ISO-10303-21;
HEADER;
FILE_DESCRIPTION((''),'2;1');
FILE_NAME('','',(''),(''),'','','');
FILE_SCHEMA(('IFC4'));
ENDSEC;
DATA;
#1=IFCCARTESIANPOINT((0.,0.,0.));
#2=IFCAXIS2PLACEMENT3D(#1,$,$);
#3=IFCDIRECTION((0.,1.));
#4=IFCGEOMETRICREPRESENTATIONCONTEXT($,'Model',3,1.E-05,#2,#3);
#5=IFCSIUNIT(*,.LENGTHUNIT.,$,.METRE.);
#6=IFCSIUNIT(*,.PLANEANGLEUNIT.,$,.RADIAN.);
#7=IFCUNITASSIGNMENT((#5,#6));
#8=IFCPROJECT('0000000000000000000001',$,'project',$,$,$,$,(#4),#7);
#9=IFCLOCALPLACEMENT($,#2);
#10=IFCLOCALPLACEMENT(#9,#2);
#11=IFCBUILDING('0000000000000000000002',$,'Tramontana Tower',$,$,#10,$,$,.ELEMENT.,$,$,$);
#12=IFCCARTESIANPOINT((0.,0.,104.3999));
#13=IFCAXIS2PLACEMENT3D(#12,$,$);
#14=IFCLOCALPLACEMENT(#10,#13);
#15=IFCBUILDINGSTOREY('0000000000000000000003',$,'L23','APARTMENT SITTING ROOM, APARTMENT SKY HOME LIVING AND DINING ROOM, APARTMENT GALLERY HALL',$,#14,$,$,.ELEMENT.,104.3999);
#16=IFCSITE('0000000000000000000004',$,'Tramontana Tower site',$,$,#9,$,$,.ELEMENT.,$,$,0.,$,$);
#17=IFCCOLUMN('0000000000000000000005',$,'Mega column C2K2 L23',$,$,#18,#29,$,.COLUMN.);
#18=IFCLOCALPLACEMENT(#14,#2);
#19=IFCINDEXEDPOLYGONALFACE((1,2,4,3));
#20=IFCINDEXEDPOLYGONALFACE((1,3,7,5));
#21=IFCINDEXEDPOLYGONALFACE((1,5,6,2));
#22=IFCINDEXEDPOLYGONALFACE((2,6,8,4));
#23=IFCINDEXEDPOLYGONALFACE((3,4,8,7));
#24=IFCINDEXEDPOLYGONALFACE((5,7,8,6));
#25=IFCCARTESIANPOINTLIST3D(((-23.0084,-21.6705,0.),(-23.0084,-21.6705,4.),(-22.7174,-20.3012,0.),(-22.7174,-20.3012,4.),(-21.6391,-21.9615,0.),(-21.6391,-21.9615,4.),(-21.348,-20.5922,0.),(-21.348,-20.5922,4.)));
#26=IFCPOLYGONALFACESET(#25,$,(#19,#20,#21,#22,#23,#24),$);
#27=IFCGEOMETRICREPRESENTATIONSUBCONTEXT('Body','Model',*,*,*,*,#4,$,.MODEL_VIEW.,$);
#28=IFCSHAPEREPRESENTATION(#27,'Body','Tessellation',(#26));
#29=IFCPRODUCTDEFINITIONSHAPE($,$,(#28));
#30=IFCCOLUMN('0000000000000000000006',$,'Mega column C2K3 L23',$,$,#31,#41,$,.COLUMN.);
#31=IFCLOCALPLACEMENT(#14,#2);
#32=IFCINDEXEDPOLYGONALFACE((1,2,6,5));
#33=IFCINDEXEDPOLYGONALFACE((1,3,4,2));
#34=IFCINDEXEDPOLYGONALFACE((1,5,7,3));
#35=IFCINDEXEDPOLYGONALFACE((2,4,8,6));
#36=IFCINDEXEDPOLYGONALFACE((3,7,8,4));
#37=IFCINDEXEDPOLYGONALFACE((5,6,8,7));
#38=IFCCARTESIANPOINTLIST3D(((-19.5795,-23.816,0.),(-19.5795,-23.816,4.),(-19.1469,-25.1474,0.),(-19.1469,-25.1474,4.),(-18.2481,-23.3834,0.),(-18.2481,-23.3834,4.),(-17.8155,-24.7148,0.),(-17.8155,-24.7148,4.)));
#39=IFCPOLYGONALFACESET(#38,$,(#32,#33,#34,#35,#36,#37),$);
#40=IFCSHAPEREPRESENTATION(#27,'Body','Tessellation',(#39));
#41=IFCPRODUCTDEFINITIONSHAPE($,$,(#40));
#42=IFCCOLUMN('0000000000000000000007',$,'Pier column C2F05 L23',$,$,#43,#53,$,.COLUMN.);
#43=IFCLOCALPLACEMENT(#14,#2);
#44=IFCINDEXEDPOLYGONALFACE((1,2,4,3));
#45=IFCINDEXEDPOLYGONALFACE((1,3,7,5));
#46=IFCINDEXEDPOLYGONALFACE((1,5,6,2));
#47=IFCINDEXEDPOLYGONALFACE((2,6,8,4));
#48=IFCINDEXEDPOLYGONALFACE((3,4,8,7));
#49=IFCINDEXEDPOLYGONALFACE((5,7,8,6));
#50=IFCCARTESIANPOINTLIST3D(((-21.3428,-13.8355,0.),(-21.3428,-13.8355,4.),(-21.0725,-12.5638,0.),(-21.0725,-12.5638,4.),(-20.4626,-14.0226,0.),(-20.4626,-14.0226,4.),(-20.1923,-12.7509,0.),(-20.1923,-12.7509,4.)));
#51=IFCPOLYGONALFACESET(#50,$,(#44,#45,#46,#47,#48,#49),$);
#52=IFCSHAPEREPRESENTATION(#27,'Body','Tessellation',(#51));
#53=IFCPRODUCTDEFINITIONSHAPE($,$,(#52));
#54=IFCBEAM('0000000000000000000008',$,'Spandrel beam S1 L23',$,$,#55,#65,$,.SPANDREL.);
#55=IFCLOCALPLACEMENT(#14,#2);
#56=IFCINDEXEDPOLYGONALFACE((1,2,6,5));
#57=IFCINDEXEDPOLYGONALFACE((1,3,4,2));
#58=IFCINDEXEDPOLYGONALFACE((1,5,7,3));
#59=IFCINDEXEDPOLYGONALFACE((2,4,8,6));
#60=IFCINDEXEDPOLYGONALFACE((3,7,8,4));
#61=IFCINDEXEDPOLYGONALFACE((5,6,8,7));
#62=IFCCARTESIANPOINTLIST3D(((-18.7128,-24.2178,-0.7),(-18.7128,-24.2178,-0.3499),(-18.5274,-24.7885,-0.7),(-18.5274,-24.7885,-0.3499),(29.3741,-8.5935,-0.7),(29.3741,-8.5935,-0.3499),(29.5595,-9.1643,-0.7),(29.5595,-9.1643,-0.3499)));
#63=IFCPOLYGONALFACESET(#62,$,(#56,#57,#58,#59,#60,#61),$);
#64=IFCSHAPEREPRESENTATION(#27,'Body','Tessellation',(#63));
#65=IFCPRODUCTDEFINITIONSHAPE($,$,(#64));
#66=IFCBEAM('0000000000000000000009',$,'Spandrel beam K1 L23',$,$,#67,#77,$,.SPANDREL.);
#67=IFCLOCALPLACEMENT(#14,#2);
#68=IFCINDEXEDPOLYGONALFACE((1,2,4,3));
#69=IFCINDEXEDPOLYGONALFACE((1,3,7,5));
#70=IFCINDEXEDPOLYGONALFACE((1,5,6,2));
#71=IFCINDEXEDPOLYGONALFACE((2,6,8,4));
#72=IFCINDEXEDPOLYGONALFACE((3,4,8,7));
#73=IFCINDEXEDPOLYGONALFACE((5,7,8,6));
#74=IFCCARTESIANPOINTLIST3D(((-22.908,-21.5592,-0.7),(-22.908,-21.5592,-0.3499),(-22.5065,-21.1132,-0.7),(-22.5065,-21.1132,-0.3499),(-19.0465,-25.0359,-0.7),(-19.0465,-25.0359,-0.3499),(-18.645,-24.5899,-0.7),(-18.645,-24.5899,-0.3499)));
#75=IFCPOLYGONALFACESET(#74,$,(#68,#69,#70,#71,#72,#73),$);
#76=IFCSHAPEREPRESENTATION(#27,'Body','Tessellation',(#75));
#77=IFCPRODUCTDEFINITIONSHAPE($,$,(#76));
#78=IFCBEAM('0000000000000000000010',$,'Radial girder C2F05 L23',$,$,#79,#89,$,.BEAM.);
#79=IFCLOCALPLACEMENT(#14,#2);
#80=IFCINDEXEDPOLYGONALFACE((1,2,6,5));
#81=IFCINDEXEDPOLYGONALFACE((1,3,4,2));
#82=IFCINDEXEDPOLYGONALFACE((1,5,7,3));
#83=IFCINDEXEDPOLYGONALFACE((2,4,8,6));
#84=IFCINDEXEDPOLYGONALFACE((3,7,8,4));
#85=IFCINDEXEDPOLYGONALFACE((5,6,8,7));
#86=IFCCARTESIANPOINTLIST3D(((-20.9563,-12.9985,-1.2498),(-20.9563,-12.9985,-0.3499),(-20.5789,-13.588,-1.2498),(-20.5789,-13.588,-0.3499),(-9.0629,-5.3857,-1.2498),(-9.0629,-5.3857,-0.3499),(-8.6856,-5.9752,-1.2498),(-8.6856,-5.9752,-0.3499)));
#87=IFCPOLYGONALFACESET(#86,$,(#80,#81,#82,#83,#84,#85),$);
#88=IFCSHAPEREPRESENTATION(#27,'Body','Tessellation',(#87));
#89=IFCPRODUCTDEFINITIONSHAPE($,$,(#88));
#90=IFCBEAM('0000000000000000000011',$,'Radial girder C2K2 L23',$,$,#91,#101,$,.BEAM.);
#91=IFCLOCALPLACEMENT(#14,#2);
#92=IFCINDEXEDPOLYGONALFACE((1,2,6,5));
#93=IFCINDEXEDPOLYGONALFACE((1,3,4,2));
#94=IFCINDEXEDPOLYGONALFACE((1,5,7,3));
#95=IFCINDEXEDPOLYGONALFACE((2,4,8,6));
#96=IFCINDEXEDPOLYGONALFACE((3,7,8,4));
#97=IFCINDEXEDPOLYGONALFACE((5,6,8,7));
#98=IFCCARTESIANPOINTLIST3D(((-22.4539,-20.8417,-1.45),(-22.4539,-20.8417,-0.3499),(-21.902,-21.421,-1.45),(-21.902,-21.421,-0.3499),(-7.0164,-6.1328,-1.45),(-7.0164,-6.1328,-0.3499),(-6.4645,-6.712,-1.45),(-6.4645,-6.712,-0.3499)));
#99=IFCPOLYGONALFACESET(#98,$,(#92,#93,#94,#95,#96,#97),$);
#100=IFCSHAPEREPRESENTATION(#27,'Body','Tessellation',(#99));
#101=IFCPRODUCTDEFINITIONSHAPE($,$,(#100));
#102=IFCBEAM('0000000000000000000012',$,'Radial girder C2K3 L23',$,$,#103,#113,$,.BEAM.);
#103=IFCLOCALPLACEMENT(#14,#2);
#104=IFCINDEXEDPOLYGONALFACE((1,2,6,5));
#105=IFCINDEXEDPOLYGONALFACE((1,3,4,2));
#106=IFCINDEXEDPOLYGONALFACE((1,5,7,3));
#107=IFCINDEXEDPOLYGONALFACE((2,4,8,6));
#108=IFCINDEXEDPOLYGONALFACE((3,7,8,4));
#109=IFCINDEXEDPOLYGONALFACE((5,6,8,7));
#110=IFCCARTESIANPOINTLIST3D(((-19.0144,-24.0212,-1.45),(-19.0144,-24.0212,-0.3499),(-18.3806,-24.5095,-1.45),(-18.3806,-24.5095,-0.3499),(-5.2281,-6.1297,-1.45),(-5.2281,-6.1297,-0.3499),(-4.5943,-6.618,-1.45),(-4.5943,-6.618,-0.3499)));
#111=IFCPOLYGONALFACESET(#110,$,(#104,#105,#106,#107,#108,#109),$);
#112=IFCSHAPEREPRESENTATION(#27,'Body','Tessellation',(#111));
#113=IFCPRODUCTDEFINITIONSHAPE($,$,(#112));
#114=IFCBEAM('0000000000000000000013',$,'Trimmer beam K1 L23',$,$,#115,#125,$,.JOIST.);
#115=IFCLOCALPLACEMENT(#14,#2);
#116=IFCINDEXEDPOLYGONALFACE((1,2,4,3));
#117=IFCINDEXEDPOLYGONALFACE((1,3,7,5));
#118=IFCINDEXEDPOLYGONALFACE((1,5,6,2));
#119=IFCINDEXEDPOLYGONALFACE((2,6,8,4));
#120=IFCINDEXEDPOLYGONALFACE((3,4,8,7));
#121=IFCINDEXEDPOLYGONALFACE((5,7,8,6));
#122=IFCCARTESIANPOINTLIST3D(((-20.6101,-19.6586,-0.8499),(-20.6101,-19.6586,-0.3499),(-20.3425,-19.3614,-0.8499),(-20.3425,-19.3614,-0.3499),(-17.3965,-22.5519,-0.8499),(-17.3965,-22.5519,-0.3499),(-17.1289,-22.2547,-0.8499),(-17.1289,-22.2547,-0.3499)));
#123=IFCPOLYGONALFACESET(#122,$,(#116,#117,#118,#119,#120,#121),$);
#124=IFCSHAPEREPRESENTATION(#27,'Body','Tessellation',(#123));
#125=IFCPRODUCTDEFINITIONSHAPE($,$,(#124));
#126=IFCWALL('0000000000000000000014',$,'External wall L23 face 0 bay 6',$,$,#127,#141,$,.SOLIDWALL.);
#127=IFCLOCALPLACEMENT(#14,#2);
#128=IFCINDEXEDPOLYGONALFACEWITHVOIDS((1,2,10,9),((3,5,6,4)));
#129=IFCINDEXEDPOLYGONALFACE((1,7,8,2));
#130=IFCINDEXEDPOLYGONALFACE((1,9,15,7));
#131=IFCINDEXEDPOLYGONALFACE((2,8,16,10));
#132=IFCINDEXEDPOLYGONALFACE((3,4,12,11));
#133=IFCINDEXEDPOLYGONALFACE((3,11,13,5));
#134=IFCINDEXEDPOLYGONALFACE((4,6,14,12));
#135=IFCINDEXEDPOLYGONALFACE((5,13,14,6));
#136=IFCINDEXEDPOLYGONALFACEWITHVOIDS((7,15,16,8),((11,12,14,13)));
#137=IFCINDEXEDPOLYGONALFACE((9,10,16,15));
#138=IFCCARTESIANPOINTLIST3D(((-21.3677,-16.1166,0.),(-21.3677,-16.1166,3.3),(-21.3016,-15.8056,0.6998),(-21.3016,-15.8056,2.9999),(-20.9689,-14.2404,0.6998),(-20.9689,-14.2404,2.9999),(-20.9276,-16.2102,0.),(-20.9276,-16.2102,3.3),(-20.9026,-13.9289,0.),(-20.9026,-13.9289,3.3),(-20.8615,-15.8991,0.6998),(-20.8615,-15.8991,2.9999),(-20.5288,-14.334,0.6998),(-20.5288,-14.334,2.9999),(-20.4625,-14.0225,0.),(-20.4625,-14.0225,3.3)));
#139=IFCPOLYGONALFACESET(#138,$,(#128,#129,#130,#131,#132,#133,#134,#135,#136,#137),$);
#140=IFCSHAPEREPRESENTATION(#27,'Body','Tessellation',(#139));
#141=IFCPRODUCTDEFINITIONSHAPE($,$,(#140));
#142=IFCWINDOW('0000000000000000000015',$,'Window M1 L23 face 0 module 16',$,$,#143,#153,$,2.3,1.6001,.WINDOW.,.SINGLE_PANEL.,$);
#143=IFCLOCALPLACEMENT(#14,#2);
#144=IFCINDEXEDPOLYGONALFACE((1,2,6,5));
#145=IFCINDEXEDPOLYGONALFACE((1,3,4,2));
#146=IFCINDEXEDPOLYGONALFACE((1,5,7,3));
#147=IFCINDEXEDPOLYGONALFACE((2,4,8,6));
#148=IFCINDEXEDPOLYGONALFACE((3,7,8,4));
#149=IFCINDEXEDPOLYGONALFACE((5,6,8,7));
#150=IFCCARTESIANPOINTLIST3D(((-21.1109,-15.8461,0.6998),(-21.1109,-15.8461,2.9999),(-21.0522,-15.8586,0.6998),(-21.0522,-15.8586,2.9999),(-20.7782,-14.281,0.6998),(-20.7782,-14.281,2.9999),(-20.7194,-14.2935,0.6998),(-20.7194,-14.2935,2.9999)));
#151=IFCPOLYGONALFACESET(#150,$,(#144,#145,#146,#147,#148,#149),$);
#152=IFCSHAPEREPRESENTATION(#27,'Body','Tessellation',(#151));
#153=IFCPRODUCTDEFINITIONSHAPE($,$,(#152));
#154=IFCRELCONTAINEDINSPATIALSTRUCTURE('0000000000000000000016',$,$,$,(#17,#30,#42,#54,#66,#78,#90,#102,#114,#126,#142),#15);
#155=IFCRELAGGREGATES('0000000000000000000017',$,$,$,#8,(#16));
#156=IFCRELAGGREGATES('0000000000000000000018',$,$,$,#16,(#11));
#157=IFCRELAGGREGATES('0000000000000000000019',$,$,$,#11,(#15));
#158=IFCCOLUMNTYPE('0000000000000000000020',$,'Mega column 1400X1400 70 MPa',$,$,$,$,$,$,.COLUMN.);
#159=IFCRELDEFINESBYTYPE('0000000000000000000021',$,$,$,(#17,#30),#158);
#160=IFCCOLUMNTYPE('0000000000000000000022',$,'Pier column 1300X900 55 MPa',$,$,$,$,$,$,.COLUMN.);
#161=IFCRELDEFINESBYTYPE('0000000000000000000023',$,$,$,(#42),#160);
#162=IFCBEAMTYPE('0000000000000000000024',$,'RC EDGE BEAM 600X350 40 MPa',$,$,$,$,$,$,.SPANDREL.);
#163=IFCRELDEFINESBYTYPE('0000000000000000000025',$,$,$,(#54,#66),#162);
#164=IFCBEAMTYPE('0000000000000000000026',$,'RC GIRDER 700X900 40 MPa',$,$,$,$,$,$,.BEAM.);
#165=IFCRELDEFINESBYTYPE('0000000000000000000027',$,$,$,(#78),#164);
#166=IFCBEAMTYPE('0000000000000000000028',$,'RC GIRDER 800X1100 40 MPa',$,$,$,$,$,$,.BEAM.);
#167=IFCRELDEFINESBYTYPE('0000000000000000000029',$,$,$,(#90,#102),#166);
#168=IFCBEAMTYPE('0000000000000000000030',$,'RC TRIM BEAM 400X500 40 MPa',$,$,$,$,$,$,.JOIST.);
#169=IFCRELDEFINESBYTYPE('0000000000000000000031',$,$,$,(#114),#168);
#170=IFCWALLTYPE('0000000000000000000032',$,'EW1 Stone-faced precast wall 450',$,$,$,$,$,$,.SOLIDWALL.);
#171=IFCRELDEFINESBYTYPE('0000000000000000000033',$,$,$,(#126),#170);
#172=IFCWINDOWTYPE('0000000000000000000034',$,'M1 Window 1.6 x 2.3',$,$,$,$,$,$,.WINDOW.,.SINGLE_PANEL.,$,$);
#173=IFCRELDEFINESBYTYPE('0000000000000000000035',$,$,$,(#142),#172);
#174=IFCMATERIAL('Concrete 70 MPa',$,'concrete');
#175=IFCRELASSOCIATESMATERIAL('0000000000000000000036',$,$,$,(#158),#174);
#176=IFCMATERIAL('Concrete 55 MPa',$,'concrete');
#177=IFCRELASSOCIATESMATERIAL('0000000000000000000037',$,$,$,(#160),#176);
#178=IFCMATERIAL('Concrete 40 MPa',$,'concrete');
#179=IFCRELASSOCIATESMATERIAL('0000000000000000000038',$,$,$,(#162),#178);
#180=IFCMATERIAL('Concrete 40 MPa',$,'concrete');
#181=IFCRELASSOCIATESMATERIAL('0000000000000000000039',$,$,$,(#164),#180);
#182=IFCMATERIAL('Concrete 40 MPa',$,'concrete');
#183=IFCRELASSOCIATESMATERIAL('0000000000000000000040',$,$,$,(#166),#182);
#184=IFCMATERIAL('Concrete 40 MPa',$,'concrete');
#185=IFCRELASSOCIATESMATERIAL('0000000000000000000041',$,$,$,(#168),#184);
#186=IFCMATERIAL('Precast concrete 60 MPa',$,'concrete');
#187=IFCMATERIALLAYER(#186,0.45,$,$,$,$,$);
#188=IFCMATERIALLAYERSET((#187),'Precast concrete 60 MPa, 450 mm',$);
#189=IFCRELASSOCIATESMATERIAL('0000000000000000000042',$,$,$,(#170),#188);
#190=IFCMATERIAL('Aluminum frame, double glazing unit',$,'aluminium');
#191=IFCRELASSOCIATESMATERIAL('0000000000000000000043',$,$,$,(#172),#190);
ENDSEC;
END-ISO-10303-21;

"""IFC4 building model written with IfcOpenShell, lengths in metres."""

from ifc_helpers import new_model, si_unit, direction, frame, frame_2d, origin, origin_2d, place, context, subcontext, project, spatial, rectangle, extrude, material, layer, layer_set, material_profile, profile_set, type_object, element, fill, save


model = new_model("IFC4")

# Units and contexts
model_context = context("Model", 3, precision=1e-05, world=origin(), true_north=direction((0.0, 1.0)))
body_context = subcontext(model_context, "Body", "Model", "MODEL_VIEW")
ifc_project = project(units=[si_unit("LENGTHUNIT", "METRE"), si_unit("PLANEANGLEUNIT", "RADIAN")], contexts=[model_context])

# Site, building, storey
site_placement = place(None, origin())
site = spatial("IfcSite", under=ifc_project, at=site_placement, Name="Tramontana Tower site", CompositionType="ELEMENT", RefElevation=0.0)
building_placement = place(site_placement, origin())
building = spatial("IfcBuilding", under=site, at=building_placement, Name="Tramontana Tower", CompositionType="ELEMENT")
storey_placement = place(building_placement, frame((0.0, 0.0, 104.3999)))
storey = spatial("IfcBuildingStorey", under=building, at=storey_placement, Name="L23", Description="APARTMENT SITTING ROOM, APARTMENT SKY HOME LIVING AND DINING ROOM, APARTMENT GALLERY HALL", CompositionType="ELEMENT", Elevation=104.3999)

# Columns
ifc_material_1 = material(Name="Concrete 70 MPa", Category="concrete")
ifc_material_profile_1 = material_profile(ifc_material_1, rectangle(XDim=1.3999, YDim=1.3999, at=origin_2d()), Name="Mega column 1400X1400 70 MPa")
ifc_profile_set_1 = profile_set([ifc_material_profile_1], Name="Concrete 70 MPa")
column_type_1 = type_object("IfcColumnType", Name="Mega column 1400X1400 70 MPa", PredefinedType="COLUMN", material=ifc_profile_set_1)
for number, where, z_axis, x_axis, name in (
    (1, (-22.1782, -21.1313, 0.0), (0.0, 0.0, 1.0), (-0.207912, -0.978148, 0.0), "Mega column C2K2 L23"),
    (2, (-18.6975, -24.2654, 0.0), (0.0, 0.0, 1.0), (0.951057, 0.309017, 0.0), "Mega column C2K3 L23"),
):
    element("IfcColumn", number, at=place(storey_placement, frame(where, z_axis=z_axis, x_axis=x_axis)), inside=storey, type_object=column_type_1, Name=name, PredefinedType="COLUMN", context=body_context, shape_type="SweptSolid", body=[
        extrude(rectangle(XDim=1.3999, YDim=1.3999, at=origin_2d()), origin(), (0.0, 0.0, 1.0), 4.0),
    ])
ifc_material_2 = material(Name="Concrete 55 MPa", Category="concrete")
ifc_material_profile_2 = material_profile(ifc_material_2, rectangle(XDim=1.3, YDim=0.8999, at=origin_2d()), Name="Pier column 1300X900 55 MPa")
ifc_profile_set_2 = profile_set([ifc_material_profile_2], Name="Concrete 55 MPa")
column_type_2 = type_object("IfcColumnType", Name="Pier column 1300X900 55 MPa", PredefinedType="COLUMN", material=ifc_profile_set_2)
column_placement = place(storey_placement, frame((-20.7676, -13.2932, 0.0), z_axis=(0.0, 0.0, 1.0), x_axis=(-0.207912, -0.978148, 0.0)))
element("IfcColumn", 3, at=column_placement, inside=storey, type_object=column_type_2, Name="Pier column C2F05 L23", PredefinedType="COLUMN", context=body_context, shape_type="SweptSolid", body=[
    extrude(rectangle(XDim=1.3, YDim=0.8999, at=origin_2d()), origin(), (0.0, 0.0, 1.0), 4.0),
])

# Beams
ifc_material_3 = material(Name="Concrete 40 MPa", Category="concrete")
ifc_material_profile_3 = material_profile(ifc_material_3, rectangle(XDim=0.6001, YDim=0.3501, at=origin_2d()), Name="RC EDGE BEAM 600X350 40 MPa")
ifc_profile_set_3 = profile_set([ifc_material_profile_3], Name="Concrete 40 MPa")
beam_type_1 = type_object("IfcBeamType", Name="RC EDGE BEAM 600X350 40 MPa", PredefinedType="SPANDREL", material=ifc_profile_set_3)
beam_1_placement = place(storey_placement, frame((-18.6201, -24.5032, -0.5249), z_axis=(0.951057, 0.309015, 0.0), x_axis=(-0.309015, 0.951057, 0.0)))
element("IfcBeam", 4, at=beam_1_placement, inside=storey, type_object=beam_type_1, Name="Spandrel beam S1 L23", PredefinedType="SPANDREL", context=body_context, shape_type="SweptSolid", body=[
    extrude(rectangle(XDim=0.6001, YDim=0.3501, at=origin_2d()), origin(), (0.0, 0.0, 1.0), 50.5615),
])
beam_2_placement = place(storey_placement, frame((-22.7073, -21.3362, -0.5249), z_axis=(0.743161, -0.669113, 0.0), x_axis=(0.669113, 0.743161, 0.0)))
element("IfcBeam", 5, at=beam_2_placement, inside=storey, type_object=beam_type_1, Name="Spandrel beam K1 L23", PredefinedType="SPANDREL", context=body_context, shape_type="SweptSolid", body=[
    extrude(rectangle(XDim=0.6001, YDim=0.3501, at=origin_2d()), origin(), (0.0, 0.0, 1.0), 5.196),
])
ifc_material_4 = material(Name="Concrete 40 MPa", Category="concrete")
ifc_material_profile_4 = material_profile(ifc_material_4, rectangle(XDim=0.7, YDim=0.8999, at=origin_2d()), Name="RC GIRDER 700X900 40 MPa")
ifc_profile_set_4 = profile_set([ifc_material_profile_4], Name="Concrete 40 MPa")
beam_type_2 = type_object("IfcBeamType", Name="RC GIRDER 700X900 40 MPa", PredefinedType="BEAM", material=ifc_profile_set_4)
beam_3_placement = place(storey_placement, frame((-20.7676, -13.2932, -0.7998), z_axis=(0.842237, 0.539108, 0.0), x_axis=(-0.539108, 0.842237, 0.0)))
element("IfcBeam", 6, at=beam_3_placement, inside=storey, type_object=beam_type_2, Name="Radial girder C2F05 L23", PredefinedType="BEAM", context=body_context, shape_type="SweptSolid", body=[
    extrude(rectangle(XDim=0.7, YDim=0.8999, at=origin_2d()), origin(), (0.0, 0.0, 1.0), 14.1211),
])
ifc_material_5 = material(Name="Concrete 40 MPa", Category="concrete")
ifc_material_profile_5 = material_profile(ifc_material_5, rectangle(XDim=0.8, YDim=1.1001, at=origin_2d()), Name="RC GIRDER 800X1100 40 MPa")
ifc_profile_set_5 = profile_set([ifc_material_profile_5], Name="Concrete 40 MPa")
beam_type_3 = type_object("IfcBeamType", Name="RC GIRDER 800X1100 40 MPa", PredefinedType="BEAM", material=ifc_profile_set_5)
beam_4_placement = place(storey_placement, frame((-22.178, -21.1313, -0.8999), z_axis=(0.723983, 0.689818, 0.0), x_axis=(-0.689818, 0.723983, 0.0)))
element("IfcBeam", 7, at=beam_4_placement, inside=storey, type_object=beam_type_3, Name="Radial girder C2K2 L23", PredefinedType="BEAM", context=body_context, shape_type="SweptSolid", body=[
    extrude(rectangle(XDim=0.8, YDim=1.1001, at=origin_2d()), origin(), (0.0, 0.0, 1.0), 21.323),
])
beam_5_placement = place(storey_placement, frame((-18.6975, -24.2654, -0.8999), z_axis=(0.610367, 0.792119, 0.0), x_axis=(-0.792119, 0.610367, 0.0)))
element("IfcBeam", 8, at=beam_5_placement, inside=storey, type_object=beam_type_3, Name="Radial girder C2K3 L23", PredefinedType="BEAM", context=body_context, shape_type="SweptSolid", body=[
    extrude(rectangle(XDim=0.8, YDim=1.1001, at=origin_2d()), origin(), (0.0, 0.0, 1.0), 22.5869),
])
ifc_material_6 = material(Name="Concrete 40 MPa", Category="concrete")
ifc_material_profile_6 = material_profile(ifc_material_6, rectangle(XDim=0.3999, YDim=0.5, at=origin_2d()), Name="RC TRIM BEAM 400X500 40 MPa")
ifc_profile_set_6 = profile_set([ifc_material_profile_6], Name="Concrete 40 MPa")
beam_type_4 = type_object("IfcBeamType", Name="RC TRIM BEAM 400X500 40 MPa", PredefinedType="JOIST", material=ifc_profile_set_6)
beam_6_placement = place(storey_placement, frame((-20.4763, -19.51, -0.5999), z_axis=(0.743173, -0.669099, 0.0), x_axis=(0.669099, 0.743173, 0.0)))
element("IfcBeam", 9, at=beam_6_placement, inside=storey, type_object=beam_type_4, Name="Trimmer beam K1 L23", PredefinedType="JOIST", context=body_context, shape_type="SweptSolid", body=[
    extrude(rectangle(XDim=0.3999, YDim=0.5, at=origin_2d()), origin(), (0.0, 0.0, 1.0), 4.3242),
])

# Wall, opening, window
ifc_material_7 = material(Name="Precast concrete 60 MPa", Category="concrete")
ifc_layer_1 = layer(ifc_material_7, 0.45)
ifc_layer_set_1 = layer_set([ifc_layer_1], Name="Precast concrete 60 MPa, 450 mm")
wall_type_1 = type_object("IfcWallType", Name="EW1 Stone-faced precast wall 450", PredefinedType="SOLIDWALL", material=ifc_layer_set_1)
wall_1_placement = place(storey_placement, frame((-20.6826, -13.9758, 0.0), z_axis=(0.0, 0.0, 1.0), x_axis=(-0.207941, -0.978141, 0.0)))
wall_1 = element("IfcWall", 10, at=wall_1_placement, inside=storey, type_object=wall_type_1, Name="External wall L23 face 0 bay 6", PredefinedType="SOLIDWALL", context=body_context, shape_type="SweptSolid", body=[
    extrude(rectangle(XDim=2.2366, YDim=0.45, at=frame_2d((1.1182, 0.0))), origin(), (0.0, 0.0, 1.0), 3.3),
])
opening_1_placement = place(wall_1_placement, frame((0.3184, 0.0, 0.7)))
opening_1 = element("IfcOpeningElement", 11, at=opening_1_placement, cuts=wall_1, PredefinedType="OPENING", context=body_context, shape_type="SweptSolid", body=[
    extrude(rectangle(XDim=1.6001, YDim=2.3, at=frame_2d((0.8, 1.1499))), frame((0.0, 0.2349, 0.0), z_axis=(0.0, -1.0, 0.0), x_axis=(1.0, 0.0, 0.0)), (0.0, 0.0, 1.0), 0.47),
])
ifc_material_8 = material(Name="Aluminum frame, double glazing unit", Category="aluminium")
window_type_1 = type_object("IfcWindowType", Name="M1 Window 1.6 x 2.3", PartitioningType="SINGLE_PANEL", PredefinedType="WINDOW", material=ifc_material_8)
window_1_placement = place(opening_1_placement, origin())
window_1 = element("IfcWindow", 12, at=window_1_placement, inside=storey, type_object=window_type_1, Name="Window M1 L23 face 0 module 16", OverallHeight=2.3, OverallWidth=1.6001, PartitioningType="SINGLE_PANEL", PredefinedType="WINDOW", context=body_context, shape_type="SweptSolid", body=[
    extrude(rectangle(XDim=1.6001, YDim=2.3, at=frame_2d((0.8, 1.1499))), frame((0.0, 0.03, 0.0), z_axis=(0.0, -1.0, 0.0), x_axis=(1.0, 0.0, 0.0)), (0.0, 0.0, 1.0), 0.0601),
])
fill(opening_1, window_1)

save(model, "model.ifc")
